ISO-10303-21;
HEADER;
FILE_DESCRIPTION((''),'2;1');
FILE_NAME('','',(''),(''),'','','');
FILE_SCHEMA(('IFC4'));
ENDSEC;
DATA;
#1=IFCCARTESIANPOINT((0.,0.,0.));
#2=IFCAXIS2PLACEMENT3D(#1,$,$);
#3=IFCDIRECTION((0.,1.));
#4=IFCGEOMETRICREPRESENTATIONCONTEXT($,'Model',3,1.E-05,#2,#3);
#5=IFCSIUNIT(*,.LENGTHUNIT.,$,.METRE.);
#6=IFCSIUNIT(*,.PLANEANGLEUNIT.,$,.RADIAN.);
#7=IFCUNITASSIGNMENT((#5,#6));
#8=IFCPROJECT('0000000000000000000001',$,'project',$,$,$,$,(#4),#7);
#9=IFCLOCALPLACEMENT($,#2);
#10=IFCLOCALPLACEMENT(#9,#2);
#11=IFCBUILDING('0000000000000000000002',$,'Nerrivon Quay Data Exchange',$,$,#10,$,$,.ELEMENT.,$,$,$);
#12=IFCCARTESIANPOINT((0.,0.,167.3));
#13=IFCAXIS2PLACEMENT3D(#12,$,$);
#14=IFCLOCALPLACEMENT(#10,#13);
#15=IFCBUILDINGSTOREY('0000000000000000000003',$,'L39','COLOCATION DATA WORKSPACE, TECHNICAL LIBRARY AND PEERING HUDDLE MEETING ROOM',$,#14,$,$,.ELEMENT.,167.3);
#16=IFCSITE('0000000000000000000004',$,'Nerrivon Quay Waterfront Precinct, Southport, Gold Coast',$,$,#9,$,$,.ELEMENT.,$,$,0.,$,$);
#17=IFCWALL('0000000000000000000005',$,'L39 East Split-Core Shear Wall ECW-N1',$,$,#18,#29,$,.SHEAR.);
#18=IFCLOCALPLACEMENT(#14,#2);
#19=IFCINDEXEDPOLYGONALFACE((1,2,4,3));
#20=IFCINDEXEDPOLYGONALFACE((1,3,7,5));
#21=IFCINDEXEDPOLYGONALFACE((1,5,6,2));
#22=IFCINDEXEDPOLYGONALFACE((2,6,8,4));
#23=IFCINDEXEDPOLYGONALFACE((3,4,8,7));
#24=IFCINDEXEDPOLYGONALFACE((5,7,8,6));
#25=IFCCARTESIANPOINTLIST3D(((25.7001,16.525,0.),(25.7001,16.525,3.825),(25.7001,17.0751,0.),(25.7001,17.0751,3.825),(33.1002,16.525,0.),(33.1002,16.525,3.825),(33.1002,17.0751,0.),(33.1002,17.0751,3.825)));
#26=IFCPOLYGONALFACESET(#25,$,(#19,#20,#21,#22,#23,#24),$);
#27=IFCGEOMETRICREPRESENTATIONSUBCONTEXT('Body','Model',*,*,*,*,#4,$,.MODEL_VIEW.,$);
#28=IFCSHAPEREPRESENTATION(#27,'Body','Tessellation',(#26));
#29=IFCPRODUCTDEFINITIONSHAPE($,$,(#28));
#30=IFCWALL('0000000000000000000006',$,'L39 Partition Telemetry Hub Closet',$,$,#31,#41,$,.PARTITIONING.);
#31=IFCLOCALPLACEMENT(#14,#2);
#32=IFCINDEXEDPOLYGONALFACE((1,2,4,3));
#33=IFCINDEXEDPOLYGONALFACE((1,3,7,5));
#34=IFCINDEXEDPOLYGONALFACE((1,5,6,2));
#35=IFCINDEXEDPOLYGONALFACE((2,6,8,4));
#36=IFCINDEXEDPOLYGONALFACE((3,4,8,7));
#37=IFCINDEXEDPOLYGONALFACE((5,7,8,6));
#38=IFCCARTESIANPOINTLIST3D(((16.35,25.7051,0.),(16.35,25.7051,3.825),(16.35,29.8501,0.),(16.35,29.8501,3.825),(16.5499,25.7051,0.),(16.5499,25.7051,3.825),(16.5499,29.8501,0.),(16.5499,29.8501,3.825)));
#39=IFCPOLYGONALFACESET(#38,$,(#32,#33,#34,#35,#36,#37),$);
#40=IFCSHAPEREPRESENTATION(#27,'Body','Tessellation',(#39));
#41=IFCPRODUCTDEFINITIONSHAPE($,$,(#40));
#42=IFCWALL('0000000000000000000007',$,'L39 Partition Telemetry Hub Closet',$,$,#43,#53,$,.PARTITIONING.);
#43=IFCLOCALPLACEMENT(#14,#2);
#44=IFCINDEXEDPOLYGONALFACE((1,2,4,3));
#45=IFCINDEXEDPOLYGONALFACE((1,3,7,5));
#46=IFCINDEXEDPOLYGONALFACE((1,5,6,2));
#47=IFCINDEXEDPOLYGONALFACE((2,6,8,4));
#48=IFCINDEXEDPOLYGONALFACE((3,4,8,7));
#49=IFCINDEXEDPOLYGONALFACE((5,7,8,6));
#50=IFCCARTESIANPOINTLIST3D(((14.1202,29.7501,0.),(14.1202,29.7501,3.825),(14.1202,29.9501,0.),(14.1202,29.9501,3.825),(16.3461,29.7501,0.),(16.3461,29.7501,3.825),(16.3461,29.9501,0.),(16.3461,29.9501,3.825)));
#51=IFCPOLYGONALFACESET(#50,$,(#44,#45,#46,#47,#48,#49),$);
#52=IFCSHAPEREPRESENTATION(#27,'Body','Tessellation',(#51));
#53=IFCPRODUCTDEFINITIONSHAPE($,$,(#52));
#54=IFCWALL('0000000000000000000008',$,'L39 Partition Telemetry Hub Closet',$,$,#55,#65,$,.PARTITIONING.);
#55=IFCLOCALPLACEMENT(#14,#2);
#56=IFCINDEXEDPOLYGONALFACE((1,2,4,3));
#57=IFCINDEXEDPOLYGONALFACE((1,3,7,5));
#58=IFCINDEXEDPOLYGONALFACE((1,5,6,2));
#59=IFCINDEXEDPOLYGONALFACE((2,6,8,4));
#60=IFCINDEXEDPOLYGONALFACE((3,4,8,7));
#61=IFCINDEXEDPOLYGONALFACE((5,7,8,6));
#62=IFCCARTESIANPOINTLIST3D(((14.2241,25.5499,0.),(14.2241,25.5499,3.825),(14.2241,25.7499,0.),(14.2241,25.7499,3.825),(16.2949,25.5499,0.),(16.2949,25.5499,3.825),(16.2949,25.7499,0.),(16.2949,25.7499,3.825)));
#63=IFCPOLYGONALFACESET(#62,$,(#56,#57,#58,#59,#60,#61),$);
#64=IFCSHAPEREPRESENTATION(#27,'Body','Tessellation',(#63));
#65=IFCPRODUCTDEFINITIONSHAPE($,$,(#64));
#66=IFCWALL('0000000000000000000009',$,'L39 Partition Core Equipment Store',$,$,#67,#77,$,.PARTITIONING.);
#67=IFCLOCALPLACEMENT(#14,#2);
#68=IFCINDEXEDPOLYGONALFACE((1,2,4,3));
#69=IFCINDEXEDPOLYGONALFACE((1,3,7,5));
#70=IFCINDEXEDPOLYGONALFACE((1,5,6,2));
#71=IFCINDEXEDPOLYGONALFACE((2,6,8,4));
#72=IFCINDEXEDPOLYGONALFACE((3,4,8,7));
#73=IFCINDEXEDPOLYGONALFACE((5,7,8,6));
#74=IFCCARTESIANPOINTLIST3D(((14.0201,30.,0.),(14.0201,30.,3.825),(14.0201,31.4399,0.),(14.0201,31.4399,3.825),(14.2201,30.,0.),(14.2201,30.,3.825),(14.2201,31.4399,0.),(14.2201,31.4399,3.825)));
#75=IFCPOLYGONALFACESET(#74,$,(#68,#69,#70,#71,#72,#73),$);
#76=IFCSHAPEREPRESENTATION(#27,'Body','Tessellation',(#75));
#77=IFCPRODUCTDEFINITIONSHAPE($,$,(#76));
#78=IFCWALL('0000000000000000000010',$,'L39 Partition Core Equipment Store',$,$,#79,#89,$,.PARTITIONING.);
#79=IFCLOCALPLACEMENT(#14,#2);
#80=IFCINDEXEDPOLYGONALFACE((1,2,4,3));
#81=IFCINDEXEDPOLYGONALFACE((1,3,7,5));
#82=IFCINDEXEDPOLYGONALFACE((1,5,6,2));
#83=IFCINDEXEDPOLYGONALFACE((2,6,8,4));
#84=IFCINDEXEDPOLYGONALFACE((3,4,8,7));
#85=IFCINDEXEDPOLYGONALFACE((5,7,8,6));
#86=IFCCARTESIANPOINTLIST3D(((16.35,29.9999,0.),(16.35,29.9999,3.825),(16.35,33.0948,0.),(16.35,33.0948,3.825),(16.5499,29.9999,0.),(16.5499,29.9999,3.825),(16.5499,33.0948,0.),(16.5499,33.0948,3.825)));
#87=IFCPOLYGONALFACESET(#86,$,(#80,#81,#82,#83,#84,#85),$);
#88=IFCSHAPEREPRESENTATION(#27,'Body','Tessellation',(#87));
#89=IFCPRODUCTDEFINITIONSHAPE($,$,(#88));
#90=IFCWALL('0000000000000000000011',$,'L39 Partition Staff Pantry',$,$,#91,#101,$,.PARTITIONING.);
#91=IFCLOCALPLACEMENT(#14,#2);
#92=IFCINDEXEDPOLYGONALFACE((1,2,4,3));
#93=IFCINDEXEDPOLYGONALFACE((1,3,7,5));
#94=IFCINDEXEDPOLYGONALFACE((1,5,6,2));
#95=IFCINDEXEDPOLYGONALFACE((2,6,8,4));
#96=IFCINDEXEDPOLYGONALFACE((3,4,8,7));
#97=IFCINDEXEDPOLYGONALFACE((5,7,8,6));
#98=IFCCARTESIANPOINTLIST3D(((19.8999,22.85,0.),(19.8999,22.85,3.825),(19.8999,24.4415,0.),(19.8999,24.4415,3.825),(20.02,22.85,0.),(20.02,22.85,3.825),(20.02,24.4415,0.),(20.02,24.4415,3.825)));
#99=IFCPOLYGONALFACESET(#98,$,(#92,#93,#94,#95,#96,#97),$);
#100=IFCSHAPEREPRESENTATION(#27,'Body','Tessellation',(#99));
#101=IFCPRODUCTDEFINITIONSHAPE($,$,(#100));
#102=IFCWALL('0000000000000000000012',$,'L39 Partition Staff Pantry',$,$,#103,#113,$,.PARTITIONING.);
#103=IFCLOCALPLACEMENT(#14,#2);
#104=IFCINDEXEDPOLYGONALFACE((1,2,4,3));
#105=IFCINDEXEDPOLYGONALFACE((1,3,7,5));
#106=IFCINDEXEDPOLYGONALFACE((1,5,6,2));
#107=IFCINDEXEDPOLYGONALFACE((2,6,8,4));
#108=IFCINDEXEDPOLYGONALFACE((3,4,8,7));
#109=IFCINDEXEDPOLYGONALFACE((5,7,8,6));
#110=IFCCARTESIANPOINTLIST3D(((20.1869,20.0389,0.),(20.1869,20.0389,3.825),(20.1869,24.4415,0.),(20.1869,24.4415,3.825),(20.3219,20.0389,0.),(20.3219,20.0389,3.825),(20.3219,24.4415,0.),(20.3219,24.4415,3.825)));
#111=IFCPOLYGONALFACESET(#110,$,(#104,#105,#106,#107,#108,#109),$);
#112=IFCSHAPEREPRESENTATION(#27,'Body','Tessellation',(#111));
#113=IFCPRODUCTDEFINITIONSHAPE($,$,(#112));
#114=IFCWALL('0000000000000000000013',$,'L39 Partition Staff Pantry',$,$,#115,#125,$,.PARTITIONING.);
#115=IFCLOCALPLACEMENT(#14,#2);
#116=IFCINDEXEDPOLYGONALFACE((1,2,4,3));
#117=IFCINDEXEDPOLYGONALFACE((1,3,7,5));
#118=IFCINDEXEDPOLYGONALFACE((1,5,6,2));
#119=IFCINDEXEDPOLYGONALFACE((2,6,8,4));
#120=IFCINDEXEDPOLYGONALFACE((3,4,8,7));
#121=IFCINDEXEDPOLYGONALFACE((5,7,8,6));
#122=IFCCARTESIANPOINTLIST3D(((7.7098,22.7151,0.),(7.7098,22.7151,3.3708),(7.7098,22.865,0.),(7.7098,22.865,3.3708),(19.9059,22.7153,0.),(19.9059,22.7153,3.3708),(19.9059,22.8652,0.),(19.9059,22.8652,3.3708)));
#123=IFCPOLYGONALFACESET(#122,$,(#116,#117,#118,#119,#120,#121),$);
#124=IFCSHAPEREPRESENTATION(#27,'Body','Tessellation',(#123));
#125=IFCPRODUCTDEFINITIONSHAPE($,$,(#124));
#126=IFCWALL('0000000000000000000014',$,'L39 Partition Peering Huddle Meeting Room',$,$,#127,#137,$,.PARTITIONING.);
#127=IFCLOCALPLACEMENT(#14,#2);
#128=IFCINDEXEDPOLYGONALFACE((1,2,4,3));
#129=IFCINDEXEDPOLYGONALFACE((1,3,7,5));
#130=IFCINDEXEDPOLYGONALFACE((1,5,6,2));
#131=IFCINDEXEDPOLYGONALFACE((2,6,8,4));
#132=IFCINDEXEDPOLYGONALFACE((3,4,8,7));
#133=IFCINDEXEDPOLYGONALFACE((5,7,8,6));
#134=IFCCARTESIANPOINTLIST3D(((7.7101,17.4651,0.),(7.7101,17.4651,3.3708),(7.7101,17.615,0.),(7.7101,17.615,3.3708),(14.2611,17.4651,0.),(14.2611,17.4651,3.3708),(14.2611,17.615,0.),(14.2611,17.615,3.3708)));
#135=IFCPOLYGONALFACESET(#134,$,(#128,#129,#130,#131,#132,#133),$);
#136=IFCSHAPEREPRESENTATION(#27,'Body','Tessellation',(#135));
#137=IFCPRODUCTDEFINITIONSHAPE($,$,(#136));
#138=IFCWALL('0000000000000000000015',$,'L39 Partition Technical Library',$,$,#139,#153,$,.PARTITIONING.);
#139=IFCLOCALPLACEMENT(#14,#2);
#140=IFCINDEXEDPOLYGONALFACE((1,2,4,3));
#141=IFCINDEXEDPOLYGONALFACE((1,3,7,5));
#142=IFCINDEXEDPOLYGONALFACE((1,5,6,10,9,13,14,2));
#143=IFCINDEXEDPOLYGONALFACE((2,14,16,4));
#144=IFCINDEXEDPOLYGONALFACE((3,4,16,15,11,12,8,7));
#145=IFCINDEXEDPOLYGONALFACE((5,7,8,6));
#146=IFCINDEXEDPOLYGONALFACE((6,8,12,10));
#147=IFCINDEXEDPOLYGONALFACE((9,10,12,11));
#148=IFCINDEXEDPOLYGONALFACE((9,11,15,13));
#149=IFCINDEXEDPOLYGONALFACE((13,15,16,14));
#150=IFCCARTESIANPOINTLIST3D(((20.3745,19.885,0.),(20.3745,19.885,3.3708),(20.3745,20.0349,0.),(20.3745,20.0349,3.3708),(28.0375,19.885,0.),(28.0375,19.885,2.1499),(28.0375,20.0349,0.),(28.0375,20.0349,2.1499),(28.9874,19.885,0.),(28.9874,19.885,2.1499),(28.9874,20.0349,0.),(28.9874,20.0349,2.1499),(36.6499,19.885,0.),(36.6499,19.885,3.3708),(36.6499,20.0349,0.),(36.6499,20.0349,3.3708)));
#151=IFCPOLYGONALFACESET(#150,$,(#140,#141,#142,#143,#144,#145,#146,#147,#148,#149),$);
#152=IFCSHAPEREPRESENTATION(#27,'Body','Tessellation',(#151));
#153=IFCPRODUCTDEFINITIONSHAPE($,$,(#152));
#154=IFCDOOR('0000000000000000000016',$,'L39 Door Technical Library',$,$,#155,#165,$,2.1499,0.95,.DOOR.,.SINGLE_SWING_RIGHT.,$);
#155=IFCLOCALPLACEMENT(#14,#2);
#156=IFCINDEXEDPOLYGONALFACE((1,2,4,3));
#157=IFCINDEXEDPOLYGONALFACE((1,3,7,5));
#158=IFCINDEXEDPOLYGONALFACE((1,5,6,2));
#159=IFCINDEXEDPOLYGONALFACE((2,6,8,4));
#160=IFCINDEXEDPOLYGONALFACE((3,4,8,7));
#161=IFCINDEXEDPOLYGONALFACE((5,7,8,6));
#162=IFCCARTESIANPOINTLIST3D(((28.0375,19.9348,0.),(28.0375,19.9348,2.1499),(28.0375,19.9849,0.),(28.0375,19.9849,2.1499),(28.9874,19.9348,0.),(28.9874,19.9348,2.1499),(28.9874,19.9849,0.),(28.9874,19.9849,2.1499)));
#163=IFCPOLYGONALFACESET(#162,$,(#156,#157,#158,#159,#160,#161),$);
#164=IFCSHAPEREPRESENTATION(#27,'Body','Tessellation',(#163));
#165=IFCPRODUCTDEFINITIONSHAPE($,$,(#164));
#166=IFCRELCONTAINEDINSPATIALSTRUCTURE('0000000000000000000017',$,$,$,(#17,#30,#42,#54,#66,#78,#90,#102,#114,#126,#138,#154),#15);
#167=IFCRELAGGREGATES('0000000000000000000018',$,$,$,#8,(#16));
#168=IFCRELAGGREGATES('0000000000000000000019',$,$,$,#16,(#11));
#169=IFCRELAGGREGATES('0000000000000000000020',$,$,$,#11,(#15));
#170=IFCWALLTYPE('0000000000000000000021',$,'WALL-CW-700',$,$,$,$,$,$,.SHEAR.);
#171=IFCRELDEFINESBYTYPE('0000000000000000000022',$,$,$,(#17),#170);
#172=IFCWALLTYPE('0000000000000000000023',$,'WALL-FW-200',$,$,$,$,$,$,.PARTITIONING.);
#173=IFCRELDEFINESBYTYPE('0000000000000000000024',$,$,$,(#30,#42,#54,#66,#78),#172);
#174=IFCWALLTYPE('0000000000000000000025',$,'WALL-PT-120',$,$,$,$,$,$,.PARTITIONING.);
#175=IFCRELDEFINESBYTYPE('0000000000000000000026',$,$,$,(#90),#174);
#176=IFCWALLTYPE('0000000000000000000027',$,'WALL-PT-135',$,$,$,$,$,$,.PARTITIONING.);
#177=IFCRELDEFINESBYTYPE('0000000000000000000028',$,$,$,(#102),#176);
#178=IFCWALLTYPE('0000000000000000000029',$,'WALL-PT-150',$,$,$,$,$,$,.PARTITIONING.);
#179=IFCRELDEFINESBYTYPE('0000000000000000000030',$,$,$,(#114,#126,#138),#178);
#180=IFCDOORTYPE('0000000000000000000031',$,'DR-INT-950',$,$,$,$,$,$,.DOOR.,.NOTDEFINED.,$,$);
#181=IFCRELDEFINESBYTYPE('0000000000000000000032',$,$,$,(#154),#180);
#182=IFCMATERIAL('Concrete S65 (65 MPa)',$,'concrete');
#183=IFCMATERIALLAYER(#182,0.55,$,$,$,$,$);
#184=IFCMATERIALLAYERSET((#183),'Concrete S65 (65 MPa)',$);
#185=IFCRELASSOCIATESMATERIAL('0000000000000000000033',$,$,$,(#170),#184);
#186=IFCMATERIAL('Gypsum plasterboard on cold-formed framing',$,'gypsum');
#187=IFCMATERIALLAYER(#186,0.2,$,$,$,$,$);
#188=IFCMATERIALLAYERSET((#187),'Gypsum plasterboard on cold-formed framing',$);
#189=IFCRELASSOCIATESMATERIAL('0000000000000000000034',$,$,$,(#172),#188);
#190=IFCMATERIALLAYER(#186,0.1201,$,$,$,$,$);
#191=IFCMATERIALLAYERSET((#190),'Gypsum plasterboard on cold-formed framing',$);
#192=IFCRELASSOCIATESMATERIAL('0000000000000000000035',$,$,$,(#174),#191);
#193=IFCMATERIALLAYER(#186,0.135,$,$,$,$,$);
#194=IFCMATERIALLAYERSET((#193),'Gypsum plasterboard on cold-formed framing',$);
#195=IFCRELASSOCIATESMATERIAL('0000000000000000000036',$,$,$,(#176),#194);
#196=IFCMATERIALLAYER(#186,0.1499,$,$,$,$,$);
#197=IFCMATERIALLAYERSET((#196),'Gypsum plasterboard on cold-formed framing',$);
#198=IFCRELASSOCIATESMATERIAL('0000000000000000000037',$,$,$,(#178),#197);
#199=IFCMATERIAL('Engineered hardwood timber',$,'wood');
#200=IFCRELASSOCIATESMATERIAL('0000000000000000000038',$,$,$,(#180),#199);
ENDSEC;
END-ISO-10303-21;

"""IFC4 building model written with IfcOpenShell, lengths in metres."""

from ifc_helpers import new_model, si_unit, direction, frame, frame_2d, origin, place, context, subcontext, project, spatial, rectangle, extrude, material, layer, layer_set, type_object, element, fill, save


model = new_model("IFC4")

# Units and contexts
model_context = context("Model", 3, precision=1e-05, world=origin(), true_north=direction((0.0, 1.0)))
body_context = subcontext(model_context, "Body", "Model", "MODEL_VIEW")
ifc_project = project(units=[si_unit("LENGTHUNIT", "METRE"), si_unit("PLANEANGLEUNIT", "RADIAN")], contexts=[model_context])

# Site, building, storey
site_placement = place(None, origin())
site = spatial("IfcSite", under=ifc_project, at=site_placement, Name="Nerrivon Quay Waterfront Precinct, Southport, Gold Coast", CompositionType="ELEMENT", RefElevation=0.0)
building_placement = place(site_placement, origin())
building = spatial("IfcBuilding", under=site, at=building_placement, Name="Nerrivon Quay Data Exchange", CompositionType="ELEMENT")
storey_placement = place(building_placement, frame((0.0, 0.0, 167.3)))
storey = spatial("IfcBuildingStorey", under=building, at=storey_placement, Name="L39", Description="COLOCATION DATA WORKSPACE, TECHNICAL LIBRARY AND PEERING HUDDLE MEETING ROOM", CompositionType="ELEMENT", Elevation=167.3)

# Shared definitions
ifc_material_1 = material(Name="Concrete S65 (65 MPa)", Category="concrete")

# Walls
ifc_layer_1 = layer(ifc_material_1, 0.55)
ifc_layer_set_1 = layer_set([ifc_layer_1], Name="Concrete S65 (65 MPa)")
wall_type_1 = type_object("IfcWallType", Name="WALL-CW-700", PredefinedType="SHEAR", material=ifc_layer_set_1)
wall_1_placement = place(storey_placement, frame((25.7, 16.8, 0.0), z_axis=(0.0, 0.0, 1.0), x_axis=(1.0, 0.0, 0.0)))
element("IfcWall", 1, at=wall_1_placement, inside=storey, type_object=wall_type_1, Name="L39 East Split-Core Shear Wall ECW-N1", PredefinedType="SHEAR", context=body_context, shape_type="SweptSolid", body=[
    extrude(rectangle(XDim=7.4001, YDim=0.55, at=frame_2d((3.7002, 0.0))), origin(), (0.0, 0.0, 1.0), 3.825),
])
ifc_material_2 = material(Name="Gypsum plasterboard on cold-formed framing", Category="gypsum")
ifc_layer_2 = layer(ifc_material_2, 0.2)
ifc_layer_set_2 = layer_set([ifc_layer_2], Name="Gypsum plasterboard on cold-formed framing")
wall_type_2 = type_object("IfcWallType", Name="WALL-FW-200", PredefinedType="PARTITIONING", material=ifc_layer_set_2)
wall_2_placement = place(storey_placement, frame((16.45, 25.7051, 0.0), z_axis=(0.0, 0.0, 1.0), x_axis=(0.0, 1.0, 0.0)))
element("IfcWall", 2, at=wall_2_placement, inside=storey, type_object=wall_type_2, Name="L39 Partition Telemetry Hub Closet", PredefinedType="PARTITIONING", context=body_context, shape_type="SweptSolid", body=[
    extrude(rectangle(XDim=4.145, YDim=0.2, at=frame_2d((2.0725, 0.0))), origin(), (0.0, 0.0, 1.0), 3.825),
])
wall_3_placement = place(storey_placement, frame((16.3459, 29.8501, 0.0), z_axis=(0.0, 0.0, 1.0), x_axis=(-1.0, 0.0, 0.0)))
element("IfcWall", 3, at=wall_3_placement, inside=storey, type_object=wall_type_2, Name="L39 Partition Telemetry Hub Closet", PredefinedType="PARTITIONING", context=body_context, shape_type="SweptSolid", body=[
    extrude(rectangle(XDim=2.2258, YDim=0.2, at=frame_2d((1.1128, 0.0))), origin(), (0.0, 0.0, 1.0), 3.825),
])

# Shared definitions
ifc_material_3 = material(Name="Engineered hardwood timber", Category="wood")

# Walls
wall_4_placement = place(storey_placement, frame((14.2241, 25.6499, 0.0), z_axis=(0.0, 0.0, 1.0), x_axis=(1.0, 0.0, 0.0)))
element("IfcWall", 4, at=wall_4_placement, inside=storey, type_object=wall_type_2, Name="L39 Partition Telemetry Hub Closet", PredefinedType="PARTITIONING", context=body_context, shape_type="SweptSolid", body=[
    extrude(rectangle(XDim=2.0708, YDim=0.2, at=frame_2d((1.0354, 0.0))), origin(), (0.0, 0.0, 1.0), 3.825),
])
wall_5_placement = place(storey_placement, frame((14.1201, 31.4399, 0.0), z_axis=(0.0, 0.0, 1.0), x_axis=(0.0, -1.0, 0.0)))
element("IfcWall", 5, at=wall_5_placement, inside=storey, type_object=wall_type_2, Name="L39 Partition Core Equipment Store", PredefinedType="PARTITIONING", context=body_context, shape_type="SweptSolid", body=[
    extrude(rectangle(XDim=1.4399, YDim=0.2, at=frame_2d((0.72, 0.0))), origin(), (0.0, 0.0, 1.0), 3.825),
])
wall_6_placement = place(storey_placement, frame((16.45, 30.0, 0.0), z_axis=(0.0, 0.0, 1.0), x_axis=(0.0, 1.0, 0.0)))
element("IfcWall", 6, at=wall_6_placement, inside=storey, type_object=wall_type_2, Name="L39 Partition Core Equipment Store", PredefinedType="PARTITIONING", context=body_context, shape_type="SweptSolid", body=[
    extrude(rectangle(XDim=3.095, YDim=0.2, at=frame_2d((1.5474, 0.0))), origin(), (0.0, 0.0, 1.0), 3.825),
])
ifc_layer_3 = layer(ifc_material_2, 0.1201)
ifc_layer_set_3 = layer_set([ifc_layer_3], Name="Gypsum plasterboard on cold-formed framing")
wall_type_3 = type_object("IfcWallType", Name="WALL-PT-120", PredefinedType="PARTITIONING", material=ifc_layer_set_3)
wall_7_placement = place(storey_placement, frame((19.96, 24.4417, 0.0), z_axis=(0.0, 0.0, 1.0), x_axis=(0.0, -1.0, 0.0)))
element("IfcWall", 7, at=wall_7_placement, inside=storey, type_object=wall_type_3, Name="L39 Partition Staff Pantry", PredefinedType="PARTITIONING", context=body_context, shape_type="SweptSolid", body=[
    extrude(rectangle(XDim=1.5916, YDim=0.1201, at=frame_2d((0.7959, 0.0))), origin(), (0.0, 0.0, 1.0), 3.825),
])
ifc_layer_4 = layer(ifc_material_2, 0.135)
ifc_layer_set_4 = layer_set([ifc_layer_4], Name="Gypsum plasterboard on cold-formed framing")
wall_type_4 = type_object("IfcWallType", Name="WALL-PT-135", PredefinedType="PARTITIONING", material=ifc_layer_set_4)
wall_8_placement = place(storey_placement, frame((20.2544, 20.0391, 0.0), z_axis=(0.0, 0.0, 1.0), x_axis=(0.0, 1.0, 0.0)))
element("IfcWall", 8, at=wall_8_placement, inside=storey, type_object=wall_type_4, Name="L39 Partition Staff Pantry", PredefinedType="PARTITIONING", context=body_context, shape_type="SweptSolid", body=[
    extrude(rectangle(XDim=4.4026, YDim=0.135, at=frame_2d((2.2012, 0.0))), origin(), (0.0, 0.0, 1.0), 3.825),
])
ifc_layer_5 = layer(ifc_material_2, 0.1499)
ifc_layer_set_5 = layer_set([ifc_layer_5], Name="Gypsum plasterboard on cold-formed framing")
wall_type_5 = type_object("IfcWallType", Name="WALL-PT-150", PredefinedType="PARTITIONING", material=ifc_layer_set_5)
wall_9_placement = place(storey_placement, frame((19.906, 22.7903, 0.0), z_axis=(0.0, 0.0, 1.0), x_axis=(-1.0, -0.00002, 0.0)))
element("IfcWall", 9, at=wall_9_placement, inside=storey, type_object=wall_type_5, Name="L39 Partition Staff Pantry", PredefinedType="PARTITIONING", context=body_context, shape_type="SweptSolid", body=[
    extrude(rectangle(XDim=12.196, YDim=0.1499, at=frame_2d((6.0981, 0.0))), origin(), (0.0, 0.0, 1.0), 3.3708),
])
wall_10_placement = place(storey_placement, frame((14.261, 17.54, 0.0), z_axis=(0.0, 0.0, 1.0), x_axis=(-1.0, 0.0, 0.0)))
element("IfcWall", 10, at=wall_10_placement, inside=storey, type_object=wall_type_5, Name="L39 Partition Peering Huddle Meeting Room", PredefinedType="PARTITIONING", context=body_context, shape_type="SweptSolid", body=[
    extrude(rectangle(XDim=6.551, YDim=0.1499, at=frame_2d((3.2754, 0.0))), origin(), (0.0, 0.0, 1.0), 3.3708),
])

# Wall, opening, door
wall_11_placement = place(storey_placement, frame((20.3745, 19.96, 0.0), z_axis=(0.0, 0.0, 1.0), x_axis=(1.0, 0.0, 0.0)))
wall_11 = element("IfcWall", 11, at=wall_11_placement, inside=storey, type_object=wall_type_5, Name="L39 Partition Technical Library", PredefinedType="PARTITIONING", context=body_context, shape_type="SweptSolid", body=[
    extrude(rectangle(XDim=16.2754, YDim=0.1499, at=frame_2d((8.1377, 0.0))), origin(), (0.0, 0.0, 1.0), 3.3708),
])
opening_1_placement = place(wall_11_placement, frame((7.6628, 0.0, 0.0)))
opening_1 = element("IfcOpeningElement", 12, at=opening_1_placement, cuts=wall_11, PredefinedType="OPENING", context=body_context, shape_type="SweptSolid", body=[
    extrude(rectangle(XDim=0.95, YDim=2.1499, at=frame_2d((0.4751, 1.075))), frame((0.0, 0.085, 0.0), z_axis=(0.0, -1.0, 0.0), x_axis=(1.0, 0.0, 0.0)), (0.0, 0.0, 1.0), 0.1699),
])
door_type_1 = type_object("IfcDoorType", Name="DR-INT-950", OperationType="NOTDEFINED", PredefinedType="DOOR", material=ifc_material_3)
door_1_placement = place(opening_1_placement, origin())
door_1 = element("IfcDoor", 13, at=door_1_placement, inside=storey, type_object=door_type_1, Name="L39 Door Technical Library", OperationType="SINGLE_SWING_RIGHT", OverallHeight=2.1499, OverallWidth=0.95, PredefinedType="DOOR", context=body_context, shape_type="SweptSolid", body=[
    extrude(rectangle(XDim=0.95, YDim=2.1499, at=frame_2d((0.4751, 1.075))), frame((0.0, 0.0249, 0.0), z_axis=(0.0, -1.0, 0.0), x_axis=(1.0, 0.0, 0.0)), (0.0, 0.0, 1.0), 0.05),
])
fill(opening_1, door_1)

save(model, "model.ifc")
